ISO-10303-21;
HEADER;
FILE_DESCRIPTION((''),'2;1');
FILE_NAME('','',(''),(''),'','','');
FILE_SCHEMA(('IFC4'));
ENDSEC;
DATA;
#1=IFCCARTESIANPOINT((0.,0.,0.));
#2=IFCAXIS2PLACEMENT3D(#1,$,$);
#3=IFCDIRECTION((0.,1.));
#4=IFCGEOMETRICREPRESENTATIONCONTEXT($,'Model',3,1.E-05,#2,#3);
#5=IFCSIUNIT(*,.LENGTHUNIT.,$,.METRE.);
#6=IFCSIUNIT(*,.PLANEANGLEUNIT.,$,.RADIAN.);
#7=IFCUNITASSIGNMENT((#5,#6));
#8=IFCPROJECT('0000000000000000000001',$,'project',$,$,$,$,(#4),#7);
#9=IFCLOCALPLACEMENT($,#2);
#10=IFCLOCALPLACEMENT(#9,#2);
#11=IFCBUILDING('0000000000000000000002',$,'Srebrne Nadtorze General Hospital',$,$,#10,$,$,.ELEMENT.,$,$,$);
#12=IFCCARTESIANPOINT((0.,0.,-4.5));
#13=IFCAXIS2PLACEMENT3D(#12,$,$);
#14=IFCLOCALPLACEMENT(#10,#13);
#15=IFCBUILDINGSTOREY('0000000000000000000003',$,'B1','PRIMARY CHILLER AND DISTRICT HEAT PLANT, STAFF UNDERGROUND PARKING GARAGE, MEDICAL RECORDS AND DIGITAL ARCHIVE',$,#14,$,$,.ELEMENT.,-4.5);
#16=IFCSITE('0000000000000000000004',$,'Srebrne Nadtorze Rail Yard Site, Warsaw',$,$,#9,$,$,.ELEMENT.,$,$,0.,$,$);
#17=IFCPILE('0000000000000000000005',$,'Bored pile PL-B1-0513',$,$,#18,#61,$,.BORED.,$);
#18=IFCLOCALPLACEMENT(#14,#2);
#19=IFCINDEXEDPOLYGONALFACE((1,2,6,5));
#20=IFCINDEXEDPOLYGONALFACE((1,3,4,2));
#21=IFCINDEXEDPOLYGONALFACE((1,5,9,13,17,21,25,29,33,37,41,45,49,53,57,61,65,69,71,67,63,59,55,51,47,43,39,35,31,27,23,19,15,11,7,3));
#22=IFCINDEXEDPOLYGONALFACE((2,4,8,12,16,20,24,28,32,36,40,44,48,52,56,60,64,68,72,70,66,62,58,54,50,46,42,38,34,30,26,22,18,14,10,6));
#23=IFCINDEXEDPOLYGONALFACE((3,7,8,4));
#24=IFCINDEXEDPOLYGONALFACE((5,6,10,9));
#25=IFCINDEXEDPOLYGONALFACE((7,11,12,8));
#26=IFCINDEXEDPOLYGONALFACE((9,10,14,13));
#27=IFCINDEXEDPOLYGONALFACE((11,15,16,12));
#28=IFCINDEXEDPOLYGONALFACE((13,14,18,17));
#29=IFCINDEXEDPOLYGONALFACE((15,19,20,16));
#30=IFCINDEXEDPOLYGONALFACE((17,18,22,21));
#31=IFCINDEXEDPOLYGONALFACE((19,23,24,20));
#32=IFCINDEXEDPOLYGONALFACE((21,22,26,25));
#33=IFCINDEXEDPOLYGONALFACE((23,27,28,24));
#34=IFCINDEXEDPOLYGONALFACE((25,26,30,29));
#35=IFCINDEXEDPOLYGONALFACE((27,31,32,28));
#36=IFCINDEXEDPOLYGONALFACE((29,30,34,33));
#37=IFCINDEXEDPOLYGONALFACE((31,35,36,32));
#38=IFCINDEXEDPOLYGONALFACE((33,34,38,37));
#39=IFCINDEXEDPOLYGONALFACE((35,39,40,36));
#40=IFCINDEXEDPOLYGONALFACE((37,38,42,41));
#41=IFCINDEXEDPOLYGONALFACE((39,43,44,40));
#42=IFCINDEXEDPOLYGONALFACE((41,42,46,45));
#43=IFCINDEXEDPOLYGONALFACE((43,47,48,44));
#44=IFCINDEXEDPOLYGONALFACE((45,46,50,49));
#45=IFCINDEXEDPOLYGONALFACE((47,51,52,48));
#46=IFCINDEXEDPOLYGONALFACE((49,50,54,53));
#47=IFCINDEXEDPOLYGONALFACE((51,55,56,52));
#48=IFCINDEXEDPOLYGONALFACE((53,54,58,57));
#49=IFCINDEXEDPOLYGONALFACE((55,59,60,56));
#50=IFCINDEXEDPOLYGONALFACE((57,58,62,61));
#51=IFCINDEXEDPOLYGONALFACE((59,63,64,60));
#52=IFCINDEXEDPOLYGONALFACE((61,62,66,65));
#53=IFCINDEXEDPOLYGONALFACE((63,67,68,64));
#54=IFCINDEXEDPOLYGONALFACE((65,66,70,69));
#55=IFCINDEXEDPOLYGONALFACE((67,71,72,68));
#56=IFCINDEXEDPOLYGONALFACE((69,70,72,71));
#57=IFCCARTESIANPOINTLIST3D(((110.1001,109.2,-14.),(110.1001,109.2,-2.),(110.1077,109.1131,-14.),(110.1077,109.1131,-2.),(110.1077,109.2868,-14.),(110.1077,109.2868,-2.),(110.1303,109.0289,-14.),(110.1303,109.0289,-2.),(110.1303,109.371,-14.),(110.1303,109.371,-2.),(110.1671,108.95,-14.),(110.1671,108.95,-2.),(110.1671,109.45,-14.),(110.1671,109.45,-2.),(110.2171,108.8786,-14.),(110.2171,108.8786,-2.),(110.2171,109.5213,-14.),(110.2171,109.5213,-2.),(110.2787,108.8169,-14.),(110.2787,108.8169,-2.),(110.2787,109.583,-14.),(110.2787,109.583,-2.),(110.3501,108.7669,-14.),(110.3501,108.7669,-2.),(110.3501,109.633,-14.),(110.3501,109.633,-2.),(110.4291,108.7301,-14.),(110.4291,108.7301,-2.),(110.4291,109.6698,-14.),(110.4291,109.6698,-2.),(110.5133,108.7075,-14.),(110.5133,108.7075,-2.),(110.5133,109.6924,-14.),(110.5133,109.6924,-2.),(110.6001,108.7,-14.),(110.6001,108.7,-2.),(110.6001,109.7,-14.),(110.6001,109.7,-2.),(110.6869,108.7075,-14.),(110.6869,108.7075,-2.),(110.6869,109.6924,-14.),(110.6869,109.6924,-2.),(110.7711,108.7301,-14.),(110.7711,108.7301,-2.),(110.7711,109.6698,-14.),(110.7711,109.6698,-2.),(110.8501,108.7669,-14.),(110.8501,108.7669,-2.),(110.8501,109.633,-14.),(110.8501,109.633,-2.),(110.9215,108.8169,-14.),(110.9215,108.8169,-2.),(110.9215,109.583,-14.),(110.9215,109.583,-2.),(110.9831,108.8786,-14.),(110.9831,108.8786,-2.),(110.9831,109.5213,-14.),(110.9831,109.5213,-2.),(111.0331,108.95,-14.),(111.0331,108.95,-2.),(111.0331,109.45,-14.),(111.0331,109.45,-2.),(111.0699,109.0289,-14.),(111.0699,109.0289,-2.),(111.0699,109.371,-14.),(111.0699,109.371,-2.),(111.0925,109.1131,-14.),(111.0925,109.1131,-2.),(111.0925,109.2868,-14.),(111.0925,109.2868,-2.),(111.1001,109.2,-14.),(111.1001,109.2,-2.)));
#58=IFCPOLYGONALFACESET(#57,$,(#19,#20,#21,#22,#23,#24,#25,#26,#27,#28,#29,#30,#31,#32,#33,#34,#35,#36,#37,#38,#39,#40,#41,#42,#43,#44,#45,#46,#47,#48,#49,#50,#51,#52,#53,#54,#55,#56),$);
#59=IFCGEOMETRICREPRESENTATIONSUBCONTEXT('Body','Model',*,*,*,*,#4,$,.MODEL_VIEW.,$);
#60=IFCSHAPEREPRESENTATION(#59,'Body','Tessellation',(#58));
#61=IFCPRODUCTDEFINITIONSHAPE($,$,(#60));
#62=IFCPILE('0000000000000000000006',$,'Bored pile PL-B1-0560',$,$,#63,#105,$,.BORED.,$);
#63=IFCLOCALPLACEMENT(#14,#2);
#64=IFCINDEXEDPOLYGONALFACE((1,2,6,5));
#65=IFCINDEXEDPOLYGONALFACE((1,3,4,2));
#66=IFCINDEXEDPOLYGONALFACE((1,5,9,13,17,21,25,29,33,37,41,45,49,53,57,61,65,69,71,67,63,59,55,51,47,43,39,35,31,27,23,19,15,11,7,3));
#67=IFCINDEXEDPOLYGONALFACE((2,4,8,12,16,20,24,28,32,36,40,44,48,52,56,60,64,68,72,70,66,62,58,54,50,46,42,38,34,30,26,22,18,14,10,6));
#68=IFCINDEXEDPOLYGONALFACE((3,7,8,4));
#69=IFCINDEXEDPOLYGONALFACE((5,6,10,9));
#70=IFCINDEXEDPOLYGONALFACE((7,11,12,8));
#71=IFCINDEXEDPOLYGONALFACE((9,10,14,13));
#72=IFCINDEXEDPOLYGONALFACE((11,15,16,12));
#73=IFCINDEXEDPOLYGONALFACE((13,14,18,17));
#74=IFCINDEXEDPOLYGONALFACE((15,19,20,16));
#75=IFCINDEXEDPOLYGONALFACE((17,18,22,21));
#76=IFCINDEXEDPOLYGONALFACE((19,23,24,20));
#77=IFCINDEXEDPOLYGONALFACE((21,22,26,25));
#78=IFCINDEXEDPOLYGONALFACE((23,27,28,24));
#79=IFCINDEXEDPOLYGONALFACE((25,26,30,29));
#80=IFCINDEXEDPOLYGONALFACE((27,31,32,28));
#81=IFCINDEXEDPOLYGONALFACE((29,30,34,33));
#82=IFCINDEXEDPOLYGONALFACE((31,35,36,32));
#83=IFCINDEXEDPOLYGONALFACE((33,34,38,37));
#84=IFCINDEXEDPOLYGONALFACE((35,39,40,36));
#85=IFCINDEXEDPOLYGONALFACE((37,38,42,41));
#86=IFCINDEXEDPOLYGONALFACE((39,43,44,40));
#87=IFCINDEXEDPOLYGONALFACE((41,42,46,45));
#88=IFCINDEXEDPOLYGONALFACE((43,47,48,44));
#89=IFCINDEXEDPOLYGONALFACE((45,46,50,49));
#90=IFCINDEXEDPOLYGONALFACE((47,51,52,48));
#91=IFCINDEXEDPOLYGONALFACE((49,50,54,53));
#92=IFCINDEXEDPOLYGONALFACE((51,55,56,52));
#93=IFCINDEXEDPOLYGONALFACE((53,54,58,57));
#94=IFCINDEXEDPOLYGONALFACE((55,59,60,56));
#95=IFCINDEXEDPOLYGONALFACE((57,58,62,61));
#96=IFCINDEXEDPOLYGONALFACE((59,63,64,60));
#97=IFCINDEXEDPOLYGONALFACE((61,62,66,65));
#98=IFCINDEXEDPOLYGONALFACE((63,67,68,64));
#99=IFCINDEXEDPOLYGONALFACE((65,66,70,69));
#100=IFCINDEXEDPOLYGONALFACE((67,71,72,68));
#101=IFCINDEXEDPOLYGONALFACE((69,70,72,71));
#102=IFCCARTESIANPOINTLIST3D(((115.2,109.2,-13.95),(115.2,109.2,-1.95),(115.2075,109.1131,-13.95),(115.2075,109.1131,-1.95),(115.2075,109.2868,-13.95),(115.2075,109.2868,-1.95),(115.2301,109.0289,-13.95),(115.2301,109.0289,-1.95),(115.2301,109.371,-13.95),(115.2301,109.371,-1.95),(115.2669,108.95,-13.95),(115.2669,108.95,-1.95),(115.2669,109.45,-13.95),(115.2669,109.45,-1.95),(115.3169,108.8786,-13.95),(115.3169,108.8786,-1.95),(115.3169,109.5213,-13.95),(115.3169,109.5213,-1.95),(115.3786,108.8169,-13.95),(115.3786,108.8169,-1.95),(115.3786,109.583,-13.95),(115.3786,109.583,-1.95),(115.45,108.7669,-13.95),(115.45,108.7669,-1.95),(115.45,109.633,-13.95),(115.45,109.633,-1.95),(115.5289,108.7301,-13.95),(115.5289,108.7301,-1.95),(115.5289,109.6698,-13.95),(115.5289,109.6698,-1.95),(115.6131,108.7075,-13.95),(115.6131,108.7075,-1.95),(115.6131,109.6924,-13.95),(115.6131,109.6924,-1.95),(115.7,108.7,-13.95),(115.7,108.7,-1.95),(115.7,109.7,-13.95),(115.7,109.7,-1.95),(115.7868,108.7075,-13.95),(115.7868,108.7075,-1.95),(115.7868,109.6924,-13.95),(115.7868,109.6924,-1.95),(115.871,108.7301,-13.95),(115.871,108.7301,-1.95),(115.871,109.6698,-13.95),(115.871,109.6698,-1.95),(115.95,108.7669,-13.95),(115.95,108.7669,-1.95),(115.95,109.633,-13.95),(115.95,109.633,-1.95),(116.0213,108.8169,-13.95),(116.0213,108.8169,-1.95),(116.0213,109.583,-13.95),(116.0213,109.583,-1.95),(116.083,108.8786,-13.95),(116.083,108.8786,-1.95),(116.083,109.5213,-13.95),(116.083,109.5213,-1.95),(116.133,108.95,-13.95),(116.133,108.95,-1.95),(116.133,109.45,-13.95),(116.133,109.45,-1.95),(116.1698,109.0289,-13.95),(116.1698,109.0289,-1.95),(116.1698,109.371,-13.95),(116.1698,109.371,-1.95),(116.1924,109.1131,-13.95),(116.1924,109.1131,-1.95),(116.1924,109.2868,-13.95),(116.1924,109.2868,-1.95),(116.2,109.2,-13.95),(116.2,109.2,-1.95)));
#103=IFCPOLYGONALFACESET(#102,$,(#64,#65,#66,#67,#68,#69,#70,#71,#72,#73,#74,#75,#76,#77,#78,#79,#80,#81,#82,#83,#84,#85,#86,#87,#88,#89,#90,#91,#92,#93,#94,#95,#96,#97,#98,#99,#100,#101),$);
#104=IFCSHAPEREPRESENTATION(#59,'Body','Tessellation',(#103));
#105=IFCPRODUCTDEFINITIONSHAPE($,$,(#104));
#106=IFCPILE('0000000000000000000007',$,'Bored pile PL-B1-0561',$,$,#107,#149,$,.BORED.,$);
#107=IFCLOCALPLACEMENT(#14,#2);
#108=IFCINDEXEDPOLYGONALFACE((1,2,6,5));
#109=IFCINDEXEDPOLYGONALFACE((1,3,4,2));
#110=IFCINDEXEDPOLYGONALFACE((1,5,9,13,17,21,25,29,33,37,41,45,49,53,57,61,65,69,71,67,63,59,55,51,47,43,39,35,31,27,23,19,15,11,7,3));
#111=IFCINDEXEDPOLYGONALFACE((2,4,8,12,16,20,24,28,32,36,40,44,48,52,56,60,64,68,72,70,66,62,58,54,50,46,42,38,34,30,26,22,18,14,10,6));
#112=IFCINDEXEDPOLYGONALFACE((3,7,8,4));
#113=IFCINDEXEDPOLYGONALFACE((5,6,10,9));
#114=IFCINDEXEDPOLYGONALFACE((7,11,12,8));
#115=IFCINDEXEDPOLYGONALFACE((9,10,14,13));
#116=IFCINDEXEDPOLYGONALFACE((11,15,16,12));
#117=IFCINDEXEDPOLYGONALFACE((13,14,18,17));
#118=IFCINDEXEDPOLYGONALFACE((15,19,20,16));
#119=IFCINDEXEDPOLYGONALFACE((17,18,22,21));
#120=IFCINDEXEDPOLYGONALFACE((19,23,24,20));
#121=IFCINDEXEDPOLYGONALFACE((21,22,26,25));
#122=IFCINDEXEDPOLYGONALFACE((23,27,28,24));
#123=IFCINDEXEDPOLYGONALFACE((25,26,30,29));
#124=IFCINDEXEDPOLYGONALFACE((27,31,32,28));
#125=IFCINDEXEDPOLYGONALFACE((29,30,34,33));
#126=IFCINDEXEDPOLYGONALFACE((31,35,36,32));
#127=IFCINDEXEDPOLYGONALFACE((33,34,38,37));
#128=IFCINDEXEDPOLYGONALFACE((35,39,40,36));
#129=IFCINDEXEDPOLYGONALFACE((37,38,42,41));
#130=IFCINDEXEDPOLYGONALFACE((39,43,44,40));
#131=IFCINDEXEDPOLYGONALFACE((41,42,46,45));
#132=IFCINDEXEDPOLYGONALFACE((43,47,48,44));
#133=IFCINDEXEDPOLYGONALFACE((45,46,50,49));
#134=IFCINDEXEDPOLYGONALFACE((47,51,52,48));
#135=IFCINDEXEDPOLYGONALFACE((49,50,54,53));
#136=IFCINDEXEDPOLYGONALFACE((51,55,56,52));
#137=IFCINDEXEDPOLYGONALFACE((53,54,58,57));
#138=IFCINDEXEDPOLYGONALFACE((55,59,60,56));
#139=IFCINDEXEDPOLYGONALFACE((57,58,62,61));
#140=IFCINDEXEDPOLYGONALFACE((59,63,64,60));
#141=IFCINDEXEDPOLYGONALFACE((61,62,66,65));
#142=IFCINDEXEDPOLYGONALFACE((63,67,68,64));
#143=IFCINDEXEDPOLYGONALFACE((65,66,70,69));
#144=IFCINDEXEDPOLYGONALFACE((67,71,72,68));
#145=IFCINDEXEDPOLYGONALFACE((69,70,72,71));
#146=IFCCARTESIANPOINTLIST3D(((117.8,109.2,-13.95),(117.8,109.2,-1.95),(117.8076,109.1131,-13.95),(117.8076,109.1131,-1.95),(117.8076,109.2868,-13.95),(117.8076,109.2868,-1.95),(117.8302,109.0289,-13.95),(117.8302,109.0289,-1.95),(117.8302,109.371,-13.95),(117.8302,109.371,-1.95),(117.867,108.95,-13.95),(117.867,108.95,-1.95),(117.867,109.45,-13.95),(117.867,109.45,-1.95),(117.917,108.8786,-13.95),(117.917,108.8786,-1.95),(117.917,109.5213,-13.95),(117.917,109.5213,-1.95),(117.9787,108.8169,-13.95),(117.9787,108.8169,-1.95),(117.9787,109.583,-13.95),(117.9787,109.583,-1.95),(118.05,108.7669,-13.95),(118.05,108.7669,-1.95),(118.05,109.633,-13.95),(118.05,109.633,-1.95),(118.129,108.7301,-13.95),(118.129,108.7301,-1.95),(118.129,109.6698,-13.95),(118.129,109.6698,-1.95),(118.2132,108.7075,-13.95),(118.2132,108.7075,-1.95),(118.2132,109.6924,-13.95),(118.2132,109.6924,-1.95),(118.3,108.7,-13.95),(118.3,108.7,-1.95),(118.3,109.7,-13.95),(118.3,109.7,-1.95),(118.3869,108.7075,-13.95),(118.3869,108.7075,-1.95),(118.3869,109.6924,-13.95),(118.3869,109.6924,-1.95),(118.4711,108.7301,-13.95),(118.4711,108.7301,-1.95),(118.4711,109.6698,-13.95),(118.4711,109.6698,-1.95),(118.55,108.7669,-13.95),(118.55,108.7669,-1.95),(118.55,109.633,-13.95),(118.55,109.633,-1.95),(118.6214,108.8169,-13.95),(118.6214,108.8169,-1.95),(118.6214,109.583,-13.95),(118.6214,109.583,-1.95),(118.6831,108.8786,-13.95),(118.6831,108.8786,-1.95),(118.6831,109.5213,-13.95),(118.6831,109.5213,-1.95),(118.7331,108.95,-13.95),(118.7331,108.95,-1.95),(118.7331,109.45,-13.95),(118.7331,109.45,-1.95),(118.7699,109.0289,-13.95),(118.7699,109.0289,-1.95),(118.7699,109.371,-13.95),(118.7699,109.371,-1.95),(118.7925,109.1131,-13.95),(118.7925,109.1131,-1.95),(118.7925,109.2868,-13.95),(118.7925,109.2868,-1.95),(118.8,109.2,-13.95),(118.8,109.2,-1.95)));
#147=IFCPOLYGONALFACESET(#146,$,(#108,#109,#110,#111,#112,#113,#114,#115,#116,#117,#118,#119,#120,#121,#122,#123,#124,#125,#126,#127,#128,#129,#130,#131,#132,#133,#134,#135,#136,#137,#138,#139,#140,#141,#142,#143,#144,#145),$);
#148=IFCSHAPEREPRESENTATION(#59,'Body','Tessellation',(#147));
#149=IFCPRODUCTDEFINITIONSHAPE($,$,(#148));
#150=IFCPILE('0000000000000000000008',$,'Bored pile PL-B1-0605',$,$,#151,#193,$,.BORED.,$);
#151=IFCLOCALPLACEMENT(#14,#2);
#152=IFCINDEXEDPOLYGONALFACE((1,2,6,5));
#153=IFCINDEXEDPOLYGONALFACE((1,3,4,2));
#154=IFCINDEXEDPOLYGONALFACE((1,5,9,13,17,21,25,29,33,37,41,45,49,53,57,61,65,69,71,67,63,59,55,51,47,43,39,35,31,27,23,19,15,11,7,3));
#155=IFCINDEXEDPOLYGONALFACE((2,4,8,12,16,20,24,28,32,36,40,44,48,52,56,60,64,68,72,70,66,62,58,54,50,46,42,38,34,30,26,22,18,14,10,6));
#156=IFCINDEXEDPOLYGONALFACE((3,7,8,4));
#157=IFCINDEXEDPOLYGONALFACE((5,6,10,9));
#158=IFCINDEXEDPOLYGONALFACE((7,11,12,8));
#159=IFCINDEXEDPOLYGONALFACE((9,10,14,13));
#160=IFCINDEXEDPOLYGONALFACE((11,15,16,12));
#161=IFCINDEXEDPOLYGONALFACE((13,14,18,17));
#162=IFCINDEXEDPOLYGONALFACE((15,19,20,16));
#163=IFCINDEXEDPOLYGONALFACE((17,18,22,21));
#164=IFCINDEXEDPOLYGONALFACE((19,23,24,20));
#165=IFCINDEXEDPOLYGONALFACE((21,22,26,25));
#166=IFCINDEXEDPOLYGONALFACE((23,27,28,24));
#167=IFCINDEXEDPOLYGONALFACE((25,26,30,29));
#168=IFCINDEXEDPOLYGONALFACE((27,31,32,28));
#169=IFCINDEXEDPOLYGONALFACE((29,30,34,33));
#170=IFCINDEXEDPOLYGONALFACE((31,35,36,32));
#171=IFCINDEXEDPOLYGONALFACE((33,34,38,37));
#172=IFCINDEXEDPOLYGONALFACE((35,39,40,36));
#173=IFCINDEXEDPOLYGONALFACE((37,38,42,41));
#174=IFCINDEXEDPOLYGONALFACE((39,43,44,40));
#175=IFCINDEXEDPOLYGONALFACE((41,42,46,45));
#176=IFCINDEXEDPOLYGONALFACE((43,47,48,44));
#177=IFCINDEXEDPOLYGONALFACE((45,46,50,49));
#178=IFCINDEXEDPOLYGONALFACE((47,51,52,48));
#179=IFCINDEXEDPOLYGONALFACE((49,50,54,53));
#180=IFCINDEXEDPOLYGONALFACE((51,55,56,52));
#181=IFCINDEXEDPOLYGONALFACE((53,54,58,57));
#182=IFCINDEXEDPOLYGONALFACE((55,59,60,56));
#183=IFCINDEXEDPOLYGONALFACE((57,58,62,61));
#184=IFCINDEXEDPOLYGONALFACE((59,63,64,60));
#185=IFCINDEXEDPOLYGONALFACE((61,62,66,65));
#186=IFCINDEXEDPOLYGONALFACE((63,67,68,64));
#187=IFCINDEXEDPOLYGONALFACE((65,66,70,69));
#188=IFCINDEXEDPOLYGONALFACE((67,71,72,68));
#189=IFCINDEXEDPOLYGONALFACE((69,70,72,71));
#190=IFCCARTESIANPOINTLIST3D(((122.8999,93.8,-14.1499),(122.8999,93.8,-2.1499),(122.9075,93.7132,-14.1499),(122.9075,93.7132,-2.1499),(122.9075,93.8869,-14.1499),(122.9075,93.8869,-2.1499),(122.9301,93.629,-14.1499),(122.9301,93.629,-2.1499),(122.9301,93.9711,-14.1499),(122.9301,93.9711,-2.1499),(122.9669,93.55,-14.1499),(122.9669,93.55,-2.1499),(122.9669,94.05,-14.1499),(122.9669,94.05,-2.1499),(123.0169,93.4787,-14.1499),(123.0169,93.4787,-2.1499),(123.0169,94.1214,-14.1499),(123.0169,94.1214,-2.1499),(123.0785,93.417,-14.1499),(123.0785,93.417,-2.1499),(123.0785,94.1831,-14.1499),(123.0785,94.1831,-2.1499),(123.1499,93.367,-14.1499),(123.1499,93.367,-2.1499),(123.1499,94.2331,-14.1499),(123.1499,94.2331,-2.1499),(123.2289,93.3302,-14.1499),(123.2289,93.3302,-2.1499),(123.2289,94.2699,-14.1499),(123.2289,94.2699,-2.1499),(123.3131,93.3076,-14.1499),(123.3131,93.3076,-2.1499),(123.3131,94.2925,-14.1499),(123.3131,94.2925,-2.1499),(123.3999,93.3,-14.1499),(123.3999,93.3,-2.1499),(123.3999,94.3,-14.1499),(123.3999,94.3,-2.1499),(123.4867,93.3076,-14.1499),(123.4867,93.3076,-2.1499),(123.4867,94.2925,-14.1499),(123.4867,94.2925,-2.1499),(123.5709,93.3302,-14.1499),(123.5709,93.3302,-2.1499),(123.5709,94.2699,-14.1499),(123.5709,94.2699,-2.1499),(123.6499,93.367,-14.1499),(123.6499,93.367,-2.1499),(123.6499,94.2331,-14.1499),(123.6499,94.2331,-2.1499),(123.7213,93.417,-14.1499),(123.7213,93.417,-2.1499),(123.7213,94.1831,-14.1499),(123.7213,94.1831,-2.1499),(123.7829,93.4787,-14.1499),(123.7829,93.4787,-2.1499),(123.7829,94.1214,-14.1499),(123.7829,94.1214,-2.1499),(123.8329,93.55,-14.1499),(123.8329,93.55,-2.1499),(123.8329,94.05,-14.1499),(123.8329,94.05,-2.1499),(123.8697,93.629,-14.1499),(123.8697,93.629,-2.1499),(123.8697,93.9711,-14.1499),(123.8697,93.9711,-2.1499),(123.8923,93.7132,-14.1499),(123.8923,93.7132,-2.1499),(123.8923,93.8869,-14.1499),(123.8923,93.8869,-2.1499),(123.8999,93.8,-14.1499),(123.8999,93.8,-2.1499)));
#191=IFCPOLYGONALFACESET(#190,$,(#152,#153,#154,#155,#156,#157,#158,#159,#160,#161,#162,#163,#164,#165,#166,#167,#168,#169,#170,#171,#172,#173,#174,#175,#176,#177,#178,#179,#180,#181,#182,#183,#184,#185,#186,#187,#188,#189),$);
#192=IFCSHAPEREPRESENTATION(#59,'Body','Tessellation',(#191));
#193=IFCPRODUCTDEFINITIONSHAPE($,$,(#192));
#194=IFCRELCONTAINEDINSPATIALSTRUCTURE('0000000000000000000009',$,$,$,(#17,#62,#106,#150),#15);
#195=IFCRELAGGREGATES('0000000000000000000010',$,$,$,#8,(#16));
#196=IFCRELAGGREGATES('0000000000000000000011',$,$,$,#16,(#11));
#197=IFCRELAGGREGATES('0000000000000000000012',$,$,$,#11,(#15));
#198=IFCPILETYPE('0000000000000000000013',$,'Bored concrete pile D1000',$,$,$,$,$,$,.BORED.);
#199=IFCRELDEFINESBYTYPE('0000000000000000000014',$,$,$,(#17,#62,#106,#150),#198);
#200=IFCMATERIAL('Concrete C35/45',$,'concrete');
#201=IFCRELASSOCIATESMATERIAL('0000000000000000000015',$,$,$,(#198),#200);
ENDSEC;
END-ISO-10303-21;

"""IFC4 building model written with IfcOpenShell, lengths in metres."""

from ifc_helpers import new_model, si_unit, direction, frame, origin, origin_2d, place, context, subcontext, project, spatial, circle, extrude, material, material_profile, profile_set, type_object, element, save


model = new_model("IFC4")

# Units and contexts
model_context = context("Model", 3, precision=1e-05, world=origin(), true_north=direction((0.0, 1.0)))
body_context = subcontext(model_context, "Body", "Model", "MODEL_VIEW")
ifc_project = project(units=[si_unit("LENGTHUNIT", "METRE"), si_unit("PLANEANGLEUNIT", "RADIAN")], contexts=[model_context])

# Site, building, storey
site_placement = place(None, origin())
site = spatial("IfcSite", under=ifc_project, at=site_placement, Name="Srebrne Nadtorze Rail Yard Site, Warsaw", CompositionType="ELEMENT", RefElevation=0.0)
building_placement = place(site_placement, origin())
building = spatial("IfcBuilding", under=site, at=building_placement, Name="Srebrne Nadtorze General Hospital", CompositionType="ELEMENT")
storey_placement = place(building_placement, frame((0.0, 0.0, -4.5)))
storey = spatial("IfcBuildingStorey", under=building, at=storey_placement, Name="B1", Description="PRIMARY CHILLER AND DISTRICT HEAT PLANT, STAFF UNDERGROUND PARKING GARAGE, MEDICAL RECORDS AND DIGITAL ARCHIVE", CompositionType="ELEMENT", Elevation=-4.5)

# Piles
ifc_material_1 = material(Name="Concrete C35/45", Category="concrete")
ifc_material_profile_1 = material_profile(ifc_material_1, circle(Radius=0.5, at=origin_2d()), Name="PILE-D1000")
ifc_profile_set_1 = profile_set([ifc_material_profile_1], Name="Concrete C35/45")
pile_type_1 = type_object("IfcPileType", Name="Bored concrete pile D1000", PredefinedType="BORED", material=ifc_profile_set_1)
for number, where, z_axis, x_axis, name in (
    (1, (110.6001, 109.2, -2.0), (0.0, 0.0, -1.0), (1.0, 0.0, 0.0), "Bored pile PL-B1-0513"),
    (2, (115.7, 109.2, -1.95), (0.0, 0.0, -1.0), (1.0, 0.0, 0.0), "Bored pile PL-B1-0560"),
    (3, (118.3, 109.2, -1.95), (0.0, 0.0, -1.0), (1.0, 0.0, 0.0), "Bored pile PL-B1-0561"),
    (4, (123.3999, 93.8, -2.1499), (0.0, 0.0, -1.0), (1.0, 0.0, 0.0), "Bored pile PL-B1-0605"),
):
    element("IfcPile", number, at=place(storey_placement, frame(where, z_axis=z_axis, x_axis=x_axis)), inside=storey, type_object=pile_type_1, Name=name, PredefinedType="BORED", context=body_context, shape_type="SweptSolid", body=[
        extrude(circle(Radius=0.5, at=origin_2d()), origin(), (0.0, 0.0, 1.0), 12.0),
    ])

save(model, "model.ifc")
